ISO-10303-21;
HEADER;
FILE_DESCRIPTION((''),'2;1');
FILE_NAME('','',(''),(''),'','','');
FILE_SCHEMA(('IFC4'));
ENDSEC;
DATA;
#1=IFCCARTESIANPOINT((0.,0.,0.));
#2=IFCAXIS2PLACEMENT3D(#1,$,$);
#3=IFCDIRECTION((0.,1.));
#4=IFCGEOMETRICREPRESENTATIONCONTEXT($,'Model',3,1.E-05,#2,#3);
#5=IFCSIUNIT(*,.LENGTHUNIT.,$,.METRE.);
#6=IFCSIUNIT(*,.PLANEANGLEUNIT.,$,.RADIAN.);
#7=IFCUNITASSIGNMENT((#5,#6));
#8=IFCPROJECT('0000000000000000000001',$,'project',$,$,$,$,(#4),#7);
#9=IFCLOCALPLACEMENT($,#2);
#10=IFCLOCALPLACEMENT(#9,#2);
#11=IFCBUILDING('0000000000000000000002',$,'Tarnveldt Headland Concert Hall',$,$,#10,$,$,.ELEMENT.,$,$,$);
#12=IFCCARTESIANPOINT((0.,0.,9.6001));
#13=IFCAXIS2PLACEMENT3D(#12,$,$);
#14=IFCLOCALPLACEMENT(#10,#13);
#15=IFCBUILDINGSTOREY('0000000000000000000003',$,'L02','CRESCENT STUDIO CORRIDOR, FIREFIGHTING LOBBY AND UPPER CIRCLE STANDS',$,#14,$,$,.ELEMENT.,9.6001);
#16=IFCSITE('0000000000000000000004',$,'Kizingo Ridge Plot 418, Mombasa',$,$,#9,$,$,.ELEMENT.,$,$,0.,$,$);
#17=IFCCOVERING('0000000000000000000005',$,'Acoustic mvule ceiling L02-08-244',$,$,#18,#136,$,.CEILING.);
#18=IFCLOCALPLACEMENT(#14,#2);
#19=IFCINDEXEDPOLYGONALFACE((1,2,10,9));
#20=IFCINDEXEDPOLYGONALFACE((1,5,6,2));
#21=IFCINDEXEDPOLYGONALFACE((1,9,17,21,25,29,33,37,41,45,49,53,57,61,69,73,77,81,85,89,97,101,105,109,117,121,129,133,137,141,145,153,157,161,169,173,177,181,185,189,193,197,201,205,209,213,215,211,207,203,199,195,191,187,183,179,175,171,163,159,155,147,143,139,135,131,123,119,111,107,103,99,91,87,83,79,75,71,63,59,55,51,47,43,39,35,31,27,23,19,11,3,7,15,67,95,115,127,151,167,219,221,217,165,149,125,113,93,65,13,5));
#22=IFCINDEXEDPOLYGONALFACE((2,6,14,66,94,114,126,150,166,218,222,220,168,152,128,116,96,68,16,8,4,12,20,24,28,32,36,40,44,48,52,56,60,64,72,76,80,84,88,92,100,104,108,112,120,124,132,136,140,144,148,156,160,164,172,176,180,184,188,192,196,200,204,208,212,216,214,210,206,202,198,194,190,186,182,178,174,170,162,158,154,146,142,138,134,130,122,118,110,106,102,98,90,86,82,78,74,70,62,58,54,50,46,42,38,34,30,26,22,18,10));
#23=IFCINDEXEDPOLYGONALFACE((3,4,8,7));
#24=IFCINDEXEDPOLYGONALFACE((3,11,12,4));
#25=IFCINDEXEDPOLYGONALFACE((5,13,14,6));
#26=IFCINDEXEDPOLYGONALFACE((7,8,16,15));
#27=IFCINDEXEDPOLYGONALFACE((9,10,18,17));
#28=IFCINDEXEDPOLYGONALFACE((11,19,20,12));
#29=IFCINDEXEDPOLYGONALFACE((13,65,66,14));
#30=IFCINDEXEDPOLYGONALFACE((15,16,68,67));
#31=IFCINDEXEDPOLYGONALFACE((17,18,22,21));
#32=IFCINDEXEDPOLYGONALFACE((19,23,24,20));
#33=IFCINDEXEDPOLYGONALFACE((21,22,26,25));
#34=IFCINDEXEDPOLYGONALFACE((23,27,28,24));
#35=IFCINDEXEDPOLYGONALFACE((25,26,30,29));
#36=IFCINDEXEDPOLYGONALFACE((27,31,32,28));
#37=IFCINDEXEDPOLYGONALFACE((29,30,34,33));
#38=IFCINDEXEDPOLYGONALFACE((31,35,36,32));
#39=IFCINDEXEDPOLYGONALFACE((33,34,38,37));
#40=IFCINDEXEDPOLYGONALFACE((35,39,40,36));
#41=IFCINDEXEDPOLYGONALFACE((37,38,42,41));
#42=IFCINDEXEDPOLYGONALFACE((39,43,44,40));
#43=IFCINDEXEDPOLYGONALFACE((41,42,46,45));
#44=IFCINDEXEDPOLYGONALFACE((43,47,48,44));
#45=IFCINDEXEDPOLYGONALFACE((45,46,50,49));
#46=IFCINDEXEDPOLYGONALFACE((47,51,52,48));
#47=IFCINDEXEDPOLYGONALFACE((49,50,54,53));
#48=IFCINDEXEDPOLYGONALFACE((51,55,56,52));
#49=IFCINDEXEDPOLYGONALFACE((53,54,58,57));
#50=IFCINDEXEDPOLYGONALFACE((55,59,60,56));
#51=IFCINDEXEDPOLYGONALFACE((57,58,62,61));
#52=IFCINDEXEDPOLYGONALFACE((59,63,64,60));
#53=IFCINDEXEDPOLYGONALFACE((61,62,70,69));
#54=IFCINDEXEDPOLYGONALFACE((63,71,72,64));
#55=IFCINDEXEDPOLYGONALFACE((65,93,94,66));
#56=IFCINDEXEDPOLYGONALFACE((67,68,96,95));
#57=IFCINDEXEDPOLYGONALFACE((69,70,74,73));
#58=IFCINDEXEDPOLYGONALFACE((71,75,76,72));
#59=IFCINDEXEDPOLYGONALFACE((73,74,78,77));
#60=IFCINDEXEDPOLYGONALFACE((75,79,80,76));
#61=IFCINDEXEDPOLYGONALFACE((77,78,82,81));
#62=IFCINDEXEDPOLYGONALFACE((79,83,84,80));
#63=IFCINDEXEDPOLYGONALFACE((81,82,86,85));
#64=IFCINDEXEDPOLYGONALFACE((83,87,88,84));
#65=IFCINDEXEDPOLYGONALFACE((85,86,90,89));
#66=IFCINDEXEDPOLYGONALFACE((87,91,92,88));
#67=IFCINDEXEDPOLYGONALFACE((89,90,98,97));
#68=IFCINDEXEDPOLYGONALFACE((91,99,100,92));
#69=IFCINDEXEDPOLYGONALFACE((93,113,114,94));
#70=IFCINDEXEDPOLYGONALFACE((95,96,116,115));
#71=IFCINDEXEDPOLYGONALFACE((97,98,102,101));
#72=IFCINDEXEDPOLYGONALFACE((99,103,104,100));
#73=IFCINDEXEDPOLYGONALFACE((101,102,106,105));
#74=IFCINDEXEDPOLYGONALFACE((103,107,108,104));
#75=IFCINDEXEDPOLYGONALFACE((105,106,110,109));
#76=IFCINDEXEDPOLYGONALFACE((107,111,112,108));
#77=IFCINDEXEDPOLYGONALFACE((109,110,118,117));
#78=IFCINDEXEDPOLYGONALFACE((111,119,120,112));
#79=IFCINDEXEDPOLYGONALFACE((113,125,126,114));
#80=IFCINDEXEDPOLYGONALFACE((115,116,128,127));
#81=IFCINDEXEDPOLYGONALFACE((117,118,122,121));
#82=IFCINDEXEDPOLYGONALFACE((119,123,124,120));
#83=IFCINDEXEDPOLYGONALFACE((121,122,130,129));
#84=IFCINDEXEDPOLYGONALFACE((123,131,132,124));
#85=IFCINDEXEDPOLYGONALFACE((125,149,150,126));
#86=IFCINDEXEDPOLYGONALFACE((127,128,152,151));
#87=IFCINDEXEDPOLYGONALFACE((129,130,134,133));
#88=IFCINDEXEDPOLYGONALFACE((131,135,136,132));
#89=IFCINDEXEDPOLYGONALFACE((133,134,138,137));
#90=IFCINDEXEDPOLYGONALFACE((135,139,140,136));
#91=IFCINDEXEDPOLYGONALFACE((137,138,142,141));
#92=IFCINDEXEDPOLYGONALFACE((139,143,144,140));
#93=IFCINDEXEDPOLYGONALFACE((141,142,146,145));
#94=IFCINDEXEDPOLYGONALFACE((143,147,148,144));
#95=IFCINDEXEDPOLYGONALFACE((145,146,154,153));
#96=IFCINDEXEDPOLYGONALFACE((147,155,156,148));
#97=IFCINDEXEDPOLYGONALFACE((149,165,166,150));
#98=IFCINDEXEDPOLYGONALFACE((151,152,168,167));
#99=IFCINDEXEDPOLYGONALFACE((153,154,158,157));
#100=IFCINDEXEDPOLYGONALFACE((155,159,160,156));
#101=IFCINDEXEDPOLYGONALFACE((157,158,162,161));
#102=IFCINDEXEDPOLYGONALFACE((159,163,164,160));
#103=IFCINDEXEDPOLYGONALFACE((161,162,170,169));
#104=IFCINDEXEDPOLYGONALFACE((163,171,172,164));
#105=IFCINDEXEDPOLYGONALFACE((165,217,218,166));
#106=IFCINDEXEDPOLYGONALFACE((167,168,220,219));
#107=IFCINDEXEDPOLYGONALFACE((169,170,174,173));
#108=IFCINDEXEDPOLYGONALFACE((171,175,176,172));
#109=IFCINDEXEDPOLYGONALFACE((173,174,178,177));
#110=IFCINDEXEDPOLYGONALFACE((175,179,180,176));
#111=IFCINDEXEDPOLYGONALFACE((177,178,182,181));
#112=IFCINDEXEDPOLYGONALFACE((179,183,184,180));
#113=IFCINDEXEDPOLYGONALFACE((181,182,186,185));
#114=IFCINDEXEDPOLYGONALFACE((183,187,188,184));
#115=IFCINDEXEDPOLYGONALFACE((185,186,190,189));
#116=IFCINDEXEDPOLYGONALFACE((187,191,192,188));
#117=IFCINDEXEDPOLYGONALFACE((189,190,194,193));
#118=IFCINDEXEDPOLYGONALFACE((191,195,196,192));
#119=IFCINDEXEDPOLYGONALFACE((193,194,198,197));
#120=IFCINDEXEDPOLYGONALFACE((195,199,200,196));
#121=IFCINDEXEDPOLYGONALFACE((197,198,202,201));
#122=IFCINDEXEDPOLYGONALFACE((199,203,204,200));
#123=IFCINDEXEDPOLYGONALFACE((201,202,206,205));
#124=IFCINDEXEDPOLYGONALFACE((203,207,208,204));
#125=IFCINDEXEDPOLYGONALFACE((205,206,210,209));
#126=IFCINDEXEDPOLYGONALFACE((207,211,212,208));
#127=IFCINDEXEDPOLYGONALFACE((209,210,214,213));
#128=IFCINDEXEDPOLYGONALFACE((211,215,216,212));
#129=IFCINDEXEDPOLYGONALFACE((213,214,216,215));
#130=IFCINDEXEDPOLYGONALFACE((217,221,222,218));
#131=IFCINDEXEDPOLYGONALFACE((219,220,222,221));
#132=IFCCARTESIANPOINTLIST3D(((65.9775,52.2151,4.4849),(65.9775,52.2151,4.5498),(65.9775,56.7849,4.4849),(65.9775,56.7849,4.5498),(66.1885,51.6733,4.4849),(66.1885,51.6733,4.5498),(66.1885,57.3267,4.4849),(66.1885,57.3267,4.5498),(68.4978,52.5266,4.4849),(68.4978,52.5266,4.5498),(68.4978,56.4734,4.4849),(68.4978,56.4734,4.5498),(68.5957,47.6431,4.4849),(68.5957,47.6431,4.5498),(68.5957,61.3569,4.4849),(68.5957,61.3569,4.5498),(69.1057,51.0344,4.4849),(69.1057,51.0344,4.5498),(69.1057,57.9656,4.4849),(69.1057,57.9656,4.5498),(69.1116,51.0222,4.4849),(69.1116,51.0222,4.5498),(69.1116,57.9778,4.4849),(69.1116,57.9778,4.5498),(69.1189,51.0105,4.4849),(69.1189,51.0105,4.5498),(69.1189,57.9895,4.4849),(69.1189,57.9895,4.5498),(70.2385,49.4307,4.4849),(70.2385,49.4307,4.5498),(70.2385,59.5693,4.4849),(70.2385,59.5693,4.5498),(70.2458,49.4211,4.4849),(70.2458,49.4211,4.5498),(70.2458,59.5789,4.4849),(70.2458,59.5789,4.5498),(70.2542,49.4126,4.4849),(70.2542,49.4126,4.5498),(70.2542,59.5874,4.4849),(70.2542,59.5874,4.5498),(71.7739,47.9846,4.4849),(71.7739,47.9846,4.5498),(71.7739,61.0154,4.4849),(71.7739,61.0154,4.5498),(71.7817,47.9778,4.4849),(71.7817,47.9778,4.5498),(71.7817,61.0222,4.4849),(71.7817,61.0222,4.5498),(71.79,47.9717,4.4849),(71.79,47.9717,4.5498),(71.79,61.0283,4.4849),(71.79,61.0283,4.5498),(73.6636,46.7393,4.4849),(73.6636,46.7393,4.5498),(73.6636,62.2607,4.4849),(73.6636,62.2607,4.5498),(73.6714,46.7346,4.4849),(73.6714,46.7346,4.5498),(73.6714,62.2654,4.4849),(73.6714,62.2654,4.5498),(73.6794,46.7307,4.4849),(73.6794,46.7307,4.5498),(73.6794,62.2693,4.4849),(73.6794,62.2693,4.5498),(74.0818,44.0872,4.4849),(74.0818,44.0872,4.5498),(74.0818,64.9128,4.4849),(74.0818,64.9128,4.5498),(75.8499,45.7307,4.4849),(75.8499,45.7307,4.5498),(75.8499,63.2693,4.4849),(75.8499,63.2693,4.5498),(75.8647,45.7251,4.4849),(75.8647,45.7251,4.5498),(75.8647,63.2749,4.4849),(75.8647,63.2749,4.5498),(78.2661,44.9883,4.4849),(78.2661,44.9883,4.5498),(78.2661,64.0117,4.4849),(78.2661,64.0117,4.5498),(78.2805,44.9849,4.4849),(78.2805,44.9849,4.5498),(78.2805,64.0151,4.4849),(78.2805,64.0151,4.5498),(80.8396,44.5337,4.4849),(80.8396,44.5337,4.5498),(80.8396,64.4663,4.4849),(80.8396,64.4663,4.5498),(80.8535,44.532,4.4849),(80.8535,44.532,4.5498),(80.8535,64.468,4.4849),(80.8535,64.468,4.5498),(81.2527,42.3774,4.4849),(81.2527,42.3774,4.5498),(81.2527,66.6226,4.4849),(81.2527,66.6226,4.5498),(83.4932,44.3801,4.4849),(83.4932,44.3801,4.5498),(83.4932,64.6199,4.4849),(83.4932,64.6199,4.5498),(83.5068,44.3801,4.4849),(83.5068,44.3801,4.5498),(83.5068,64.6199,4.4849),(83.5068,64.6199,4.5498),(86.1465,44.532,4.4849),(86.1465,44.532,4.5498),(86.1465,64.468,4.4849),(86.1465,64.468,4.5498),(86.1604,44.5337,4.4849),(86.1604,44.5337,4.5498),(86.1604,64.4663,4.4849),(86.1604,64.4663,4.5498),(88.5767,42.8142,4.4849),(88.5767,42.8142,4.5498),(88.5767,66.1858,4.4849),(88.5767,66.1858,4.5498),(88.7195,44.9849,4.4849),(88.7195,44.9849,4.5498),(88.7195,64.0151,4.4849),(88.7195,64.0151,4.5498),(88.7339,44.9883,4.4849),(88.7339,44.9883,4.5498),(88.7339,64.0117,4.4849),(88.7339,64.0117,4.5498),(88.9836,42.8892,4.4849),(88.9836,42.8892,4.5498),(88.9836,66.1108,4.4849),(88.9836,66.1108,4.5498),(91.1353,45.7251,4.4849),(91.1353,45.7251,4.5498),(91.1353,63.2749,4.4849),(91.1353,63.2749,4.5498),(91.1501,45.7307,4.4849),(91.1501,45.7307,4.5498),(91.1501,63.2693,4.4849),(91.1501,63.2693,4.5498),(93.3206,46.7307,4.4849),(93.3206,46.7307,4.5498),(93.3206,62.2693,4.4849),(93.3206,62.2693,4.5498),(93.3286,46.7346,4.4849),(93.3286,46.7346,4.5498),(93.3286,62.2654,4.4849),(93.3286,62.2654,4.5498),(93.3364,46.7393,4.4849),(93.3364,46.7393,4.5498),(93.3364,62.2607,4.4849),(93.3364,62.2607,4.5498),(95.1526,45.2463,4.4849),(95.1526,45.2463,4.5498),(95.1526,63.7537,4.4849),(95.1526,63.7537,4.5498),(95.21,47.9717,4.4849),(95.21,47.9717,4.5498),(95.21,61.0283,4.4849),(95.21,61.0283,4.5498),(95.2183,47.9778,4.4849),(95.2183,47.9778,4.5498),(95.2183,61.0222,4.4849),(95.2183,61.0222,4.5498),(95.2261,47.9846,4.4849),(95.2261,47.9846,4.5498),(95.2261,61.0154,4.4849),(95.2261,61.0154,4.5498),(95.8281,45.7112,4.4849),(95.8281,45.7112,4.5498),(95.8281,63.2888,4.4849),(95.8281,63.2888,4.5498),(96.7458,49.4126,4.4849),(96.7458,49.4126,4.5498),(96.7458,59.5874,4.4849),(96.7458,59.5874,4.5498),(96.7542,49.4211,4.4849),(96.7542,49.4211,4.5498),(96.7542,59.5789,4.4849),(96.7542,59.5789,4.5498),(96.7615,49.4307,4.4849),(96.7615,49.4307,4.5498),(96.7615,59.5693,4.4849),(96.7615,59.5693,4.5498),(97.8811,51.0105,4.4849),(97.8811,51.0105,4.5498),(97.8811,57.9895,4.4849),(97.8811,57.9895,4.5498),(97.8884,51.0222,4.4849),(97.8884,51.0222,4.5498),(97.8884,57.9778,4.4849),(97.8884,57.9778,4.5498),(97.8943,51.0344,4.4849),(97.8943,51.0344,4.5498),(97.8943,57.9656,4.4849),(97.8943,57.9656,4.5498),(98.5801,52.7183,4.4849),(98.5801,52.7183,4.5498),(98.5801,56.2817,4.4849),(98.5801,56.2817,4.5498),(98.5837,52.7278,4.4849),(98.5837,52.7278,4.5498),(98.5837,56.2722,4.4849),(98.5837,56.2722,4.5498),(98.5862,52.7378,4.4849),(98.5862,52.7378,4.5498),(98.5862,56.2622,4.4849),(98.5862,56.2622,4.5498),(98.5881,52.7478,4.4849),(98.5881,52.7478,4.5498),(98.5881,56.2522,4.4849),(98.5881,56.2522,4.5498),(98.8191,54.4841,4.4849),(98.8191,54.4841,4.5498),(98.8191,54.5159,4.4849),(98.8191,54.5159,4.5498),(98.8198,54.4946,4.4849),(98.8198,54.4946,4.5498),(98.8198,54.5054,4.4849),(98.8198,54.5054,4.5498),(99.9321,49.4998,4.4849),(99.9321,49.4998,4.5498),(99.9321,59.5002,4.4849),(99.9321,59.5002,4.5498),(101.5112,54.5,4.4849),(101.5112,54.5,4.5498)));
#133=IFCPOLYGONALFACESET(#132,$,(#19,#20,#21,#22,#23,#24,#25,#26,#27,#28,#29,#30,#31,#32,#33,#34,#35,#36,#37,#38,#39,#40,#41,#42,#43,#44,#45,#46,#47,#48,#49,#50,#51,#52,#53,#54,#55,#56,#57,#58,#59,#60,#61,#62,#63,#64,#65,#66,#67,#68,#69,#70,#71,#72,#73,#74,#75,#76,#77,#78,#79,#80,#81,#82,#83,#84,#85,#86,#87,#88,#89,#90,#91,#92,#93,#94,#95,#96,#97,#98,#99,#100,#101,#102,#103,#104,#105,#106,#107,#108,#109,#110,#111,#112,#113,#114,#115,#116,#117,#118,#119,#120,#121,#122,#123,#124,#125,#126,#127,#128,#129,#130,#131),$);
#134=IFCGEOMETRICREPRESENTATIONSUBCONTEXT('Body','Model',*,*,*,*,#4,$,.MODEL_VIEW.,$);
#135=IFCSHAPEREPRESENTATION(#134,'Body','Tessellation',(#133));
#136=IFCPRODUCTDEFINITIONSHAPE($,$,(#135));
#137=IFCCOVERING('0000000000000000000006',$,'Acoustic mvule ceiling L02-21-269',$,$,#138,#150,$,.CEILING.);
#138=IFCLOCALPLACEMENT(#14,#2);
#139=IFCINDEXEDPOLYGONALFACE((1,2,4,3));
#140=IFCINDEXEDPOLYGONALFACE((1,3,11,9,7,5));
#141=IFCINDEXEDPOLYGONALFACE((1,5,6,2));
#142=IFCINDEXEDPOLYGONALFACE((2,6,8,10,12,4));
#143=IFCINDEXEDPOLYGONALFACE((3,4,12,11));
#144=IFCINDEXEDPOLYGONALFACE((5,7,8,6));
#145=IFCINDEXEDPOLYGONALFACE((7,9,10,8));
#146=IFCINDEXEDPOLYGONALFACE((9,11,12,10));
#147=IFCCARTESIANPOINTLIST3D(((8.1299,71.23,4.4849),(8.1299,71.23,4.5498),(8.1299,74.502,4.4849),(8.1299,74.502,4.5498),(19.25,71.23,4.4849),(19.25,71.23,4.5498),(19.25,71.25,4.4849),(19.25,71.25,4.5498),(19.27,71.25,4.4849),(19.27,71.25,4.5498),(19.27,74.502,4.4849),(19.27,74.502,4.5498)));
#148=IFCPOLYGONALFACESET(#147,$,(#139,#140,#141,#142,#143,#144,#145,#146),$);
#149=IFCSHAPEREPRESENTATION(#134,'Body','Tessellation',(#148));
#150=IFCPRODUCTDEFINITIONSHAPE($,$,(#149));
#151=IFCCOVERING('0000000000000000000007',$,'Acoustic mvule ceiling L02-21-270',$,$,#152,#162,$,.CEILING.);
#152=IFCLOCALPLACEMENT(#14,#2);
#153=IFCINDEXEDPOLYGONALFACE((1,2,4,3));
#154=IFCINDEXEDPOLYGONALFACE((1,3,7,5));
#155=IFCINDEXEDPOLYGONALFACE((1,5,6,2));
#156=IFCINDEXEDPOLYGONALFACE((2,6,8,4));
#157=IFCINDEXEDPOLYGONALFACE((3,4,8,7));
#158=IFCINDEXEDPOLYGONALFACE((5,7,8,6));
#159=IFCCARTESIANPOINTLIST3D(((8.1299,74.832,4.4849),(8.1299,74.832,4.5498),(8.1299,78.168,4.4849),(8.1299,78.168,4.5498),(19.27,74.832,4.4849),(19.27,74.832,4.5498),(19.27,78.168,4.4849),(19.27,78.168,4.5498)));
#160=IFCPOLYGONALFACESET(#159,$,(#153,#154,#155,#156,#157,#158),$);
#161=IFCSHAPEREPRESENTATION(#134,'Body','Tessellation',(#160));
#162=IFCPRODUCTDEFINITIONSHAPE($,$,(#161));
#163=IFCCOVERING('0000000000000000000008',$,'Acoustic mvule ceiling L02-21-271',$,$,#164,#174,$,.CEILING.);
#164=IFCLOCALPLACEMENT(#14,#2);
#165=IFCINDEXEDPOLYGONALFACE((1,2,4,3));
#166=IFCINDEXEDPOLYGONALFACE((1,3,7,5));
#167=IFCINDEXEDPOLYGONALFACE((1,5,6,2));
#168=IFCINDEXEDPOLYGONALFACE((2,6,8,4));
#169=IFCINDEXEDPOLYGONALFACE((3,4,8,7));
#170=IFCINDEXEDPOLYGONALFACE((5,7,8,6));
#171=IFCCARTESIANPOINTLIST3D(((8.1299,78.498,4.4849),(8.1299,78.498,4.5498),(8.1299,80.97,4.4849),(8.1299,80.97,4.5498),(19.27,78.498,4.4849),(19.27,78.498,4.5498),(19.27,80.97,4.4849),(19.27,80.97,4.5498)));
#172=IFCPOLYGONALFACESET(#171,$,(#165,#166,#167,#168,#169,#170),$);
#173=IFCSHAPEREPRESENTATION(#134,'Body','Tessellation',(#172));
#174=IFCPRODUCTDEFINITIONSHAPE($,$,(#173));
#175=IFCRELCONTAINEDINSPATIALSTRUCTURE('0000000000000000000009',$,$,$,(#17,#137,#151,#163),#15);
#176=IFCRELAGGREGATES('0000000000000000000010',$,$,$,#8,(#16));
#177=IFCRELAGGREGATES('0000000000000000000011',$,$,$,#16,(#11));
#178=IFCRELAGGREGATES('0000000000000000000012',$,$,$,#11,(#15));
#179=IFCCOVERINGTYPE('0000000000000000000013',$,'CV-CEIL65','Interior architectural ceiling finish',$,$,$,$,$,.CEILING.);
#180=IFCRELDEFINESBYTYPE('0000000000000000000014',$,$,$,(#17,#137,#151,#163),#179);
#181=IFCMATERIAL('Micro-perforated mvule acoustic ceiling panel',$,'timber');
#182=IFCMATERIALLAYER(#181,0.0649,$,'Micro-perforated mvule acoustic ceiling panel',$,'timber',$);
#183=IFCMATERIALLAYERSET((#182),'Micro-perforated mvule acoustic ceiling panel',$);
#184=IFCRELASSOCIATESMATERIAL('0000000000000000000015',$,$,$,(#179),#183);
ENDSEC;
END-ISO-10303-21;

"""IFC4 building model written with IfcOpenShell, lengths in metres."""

from ifc_helpers import new_model, si_unit, direction, frame, origin, place, context, subcontext, project, spatial, polyline, outline, extrude, material, layer, layer_set, type_object, element, save


model = new_model("IFC4")

# Units and contexts
model_context = context("Model", 3, precision=1e-05, world=origin(), true_north=direction((0.0, 1.0)))
body_context = subcontext(model_context, "Body", "Model", "MODEL_VIEW")
ifc_project = project(units=[si_unit("LENGTHUNIT", "METRE"), si_unit("PLANEANGLEUNIT", "RADIAN")], contexts=[model_context])

# Site, building, storey
site_placement = place(None, origin())
site = spatial("IfcSite", under=ifc_project, at=site_placement, Name="Kizingo Ridge Plot 418, Mombasa", CompositionType="ELEMENT", RefElevation=0.0)
building_placement = place(site_placement, origin())
building = spatial("IfcBuilding", under=site, at=building_placement, Name="Tarnveldt Headland Concert Hall", CompositionType="ELEMENT")
storey_placement = place(building_placement, frame((0.0, 0.0, 9.6001)))
storey = spatial("IfcBuildingStorey", under=building, at=storey_placement, Name="L02", Description="CRESCENT STUDIO CORRIDOR, FIREFIGHTING LOBBY AND UPPER CIRCLE STANDS", CompositionType="ELEMENT", Elevation=9.6001)

# Coverings
ifc_material_1 = material(Name="Micro-perforated mvule acoustic ceiling panel", Category="timber")
ifc_layer_1 = layer(ifc_material_1, 0.0649, Name="Micro-perforated mvule acoustic ceiling panel", Category="timber")
ifc_layer_set_1 = layer_set([ifc_layer_1], Name="Micro-perforated mvule acoustic ceiling panel")
covering_type_1 = type_object("IfcCoveringType", Name="CV-CEIL65", Description="Interior architectural ceiling finish", PredefinedType="CEILING", material=ifc_layer_set_1)
covering_1_placement = place(storey_placement, frame((0.0, 0.0, 4.4849)))
element("IfcCovering", 1, at=covering_1_placement, inside=storey, type_object=covering_type_1, Name="Acoustic mvule ceiling L02-08-244", PredefinedType="CEILING", context=body_context, shape_type="SweptSolid", body=[
    extrude(outline(polyline([(65.9775, 56.7849), (66.1885, 57.3267), (68.5957, 61.3569), (74.0818, 64.9128), (81.2527, 66.6226), (88.5767, 66.1858), (88.9836, 66.1108), (95.1526, 63.7537), (95.8281, 63.2888), (99.9321, 59.5002), (101.5112, 54.5), (99.9321, 49.4998), (95.8281, 45.7112), (95.1526, 45.2463), (88.9836, 42.8892), (88.5767, 42.8142), (81.2527, 42.3774), (74.0818, 44.0872), (68.5957, 47.6431), (66.1885, 51.6733), (65.9775, 52.2151), (68.4978, 52.5266), (69.1057, 51.0344), (69.1116, 51.0222), (69.1189, 51.0105), (70.2385, 49.4307), (70.2458, 49.4211), (70.2542, 49.4126), (71.7739, 47.9846), (71.7817, 47.9778), (71.79, 47.9717), (73.6636, 46.7393), (73.6714, 46.7346), (73.6794, 46.7307), (75.8499, 45.7307), (75.8647, 45.7251), (78.2661, 44.9883), (78.2805, 44.9849), (80.8396, 44.5337), (80.8535, 44.532), (83.4932, 44.3801), (83.5068, 44.3801), (86.1465, 44.532), (86.1604, 44.5337), (88.7195, 44.9849), (88.7339, 44.9883), (91.1353, 45.7251), (91.1501, 45.7307), (93.3206, 46.7307), (93.3286, 46.7346), (93.3364, 46.7393), (95.21, 47.9717), (95.2183, 47.9778), (95.2261, 47.9846), (96.7458, 49.4126), (96.7542, 49.4211), (96.7615, 49.4307), (97.8811, 51.0105), (97.8884, 51.0222), (97.8943, 51.0344), (98.5801, 52.7183), (98.5837, 52.7278), (98.5862, 52.7378), (98.5881, 52.7478), (98.8191, 54.4841), (98.8198, 54.4946), (98.8198, 54.5054), (98.8191, 54.5159), (98.5881, 56.2522), (98.5862, 56.2622), (98.5837, 56.2722), (98.5801, 56.2817), (97.8943, 57.9656), (97.8884, 57.9778), (97.8811, 57.9895), (96.7615, 59.5693), (96.7542, 59.5789), (96.7458, 59.5874), (95.2261, 61.0154), (95.2183, 61.0222), (95.21, 61.0283), (93.3364, 62.2607), (93.3286, 62.2654), (93.3206, 62.2693), (91.1501, 63.2693), (91.1353, 63.2749), (88.7339, 64.0117), (88.7195, 64.0151), (86.1604, 64.4663), (86.1465, 64.468), (83.5068, 64.6199), (83.4932, 64.6199), (80.8535, 64.468), (80.8396, 64.4663), (78.2805, 64.0151), (78.2661, 64.0117), (75.8647, 63.2749), (75.8499, 63.2693), (73.6794, 62.2693), (73.6714, 62.2654), (73.6636, 62.2607), (71.79, 61.0283), (71.7817, 61.0222), (71.7739, 61.0154), (70.2542, 59.5874), (70.2458, 59.5789), (70.2385, 59.5693), (69.1189, 57.9895), (69.1116, 57.9778), (69.1057, 57.9656), (68.4978, 56.4734), (65.9775, 56.7849)])), origin(), (0.0, 0.0, 1.0), 0.0649),
])
covering_2_placement = place(storey_placement, frame((0.0, 0.0, 4.4849)))
element("IfcCovering", 2, at=covering_2_placement, inside=storey, type_object=covering_type_1, Name="Acoustic mvule ceiling L02-21-269", PredefinedType="CEILING", context=body_context, shape_type="SweptSolid", body=[
    extrude(outline(polyline([(19.27, 71.25), (19.25, 71.25), (19.25, 71.23), (8.1299, 71.23), (8.1299, 74.502), (19.27, 74.502), (19.27, 71.25)])), origin(), (0.0, 0.0, 1.0), 0.0649),
])
covering_3_placement = place(storey_placement, frame((0.0, 0.0, 4.4849)))
element("IfcCovering", 3, at=covering_3_placement, inside=storey, type_object=covering_type_1, Name="Acoustic mvule ceiling L02-21-270", PredefinedType="CEILING", context=body_context, shape_type="SweptSolid", body=[
    extrude(outline(polyline([(8.1299, 78.168), (19.27, 78.168), (19.27, 74.832), (8.1299, 74.832), (8.1299, 78.168)])), origin(), (0.0, 0.0, 1.0), 0.0649),
])
covering_4_placement = place(storey_placement, frame((0.0, 0.0, 4.4849)))
element("IfcCovering", 4, at=covering_4_placement, inside=storey, type_object=covering_type_1, Name="Acoustic mvule ceiling L02-21-271", PredefinedType="CEILING", context=body_context, shape_type="SweptSolid", body=[
    extrude(outline(polyline([(8.1299, 80.97), (19.27, 80.97), (19.27, 78.498), (8.1299, 78.498), (8.1299, 80.97)])), origin(), (0.0, 0.0, 1.0), 0.0649),
])

save(model, "model.ifc")
